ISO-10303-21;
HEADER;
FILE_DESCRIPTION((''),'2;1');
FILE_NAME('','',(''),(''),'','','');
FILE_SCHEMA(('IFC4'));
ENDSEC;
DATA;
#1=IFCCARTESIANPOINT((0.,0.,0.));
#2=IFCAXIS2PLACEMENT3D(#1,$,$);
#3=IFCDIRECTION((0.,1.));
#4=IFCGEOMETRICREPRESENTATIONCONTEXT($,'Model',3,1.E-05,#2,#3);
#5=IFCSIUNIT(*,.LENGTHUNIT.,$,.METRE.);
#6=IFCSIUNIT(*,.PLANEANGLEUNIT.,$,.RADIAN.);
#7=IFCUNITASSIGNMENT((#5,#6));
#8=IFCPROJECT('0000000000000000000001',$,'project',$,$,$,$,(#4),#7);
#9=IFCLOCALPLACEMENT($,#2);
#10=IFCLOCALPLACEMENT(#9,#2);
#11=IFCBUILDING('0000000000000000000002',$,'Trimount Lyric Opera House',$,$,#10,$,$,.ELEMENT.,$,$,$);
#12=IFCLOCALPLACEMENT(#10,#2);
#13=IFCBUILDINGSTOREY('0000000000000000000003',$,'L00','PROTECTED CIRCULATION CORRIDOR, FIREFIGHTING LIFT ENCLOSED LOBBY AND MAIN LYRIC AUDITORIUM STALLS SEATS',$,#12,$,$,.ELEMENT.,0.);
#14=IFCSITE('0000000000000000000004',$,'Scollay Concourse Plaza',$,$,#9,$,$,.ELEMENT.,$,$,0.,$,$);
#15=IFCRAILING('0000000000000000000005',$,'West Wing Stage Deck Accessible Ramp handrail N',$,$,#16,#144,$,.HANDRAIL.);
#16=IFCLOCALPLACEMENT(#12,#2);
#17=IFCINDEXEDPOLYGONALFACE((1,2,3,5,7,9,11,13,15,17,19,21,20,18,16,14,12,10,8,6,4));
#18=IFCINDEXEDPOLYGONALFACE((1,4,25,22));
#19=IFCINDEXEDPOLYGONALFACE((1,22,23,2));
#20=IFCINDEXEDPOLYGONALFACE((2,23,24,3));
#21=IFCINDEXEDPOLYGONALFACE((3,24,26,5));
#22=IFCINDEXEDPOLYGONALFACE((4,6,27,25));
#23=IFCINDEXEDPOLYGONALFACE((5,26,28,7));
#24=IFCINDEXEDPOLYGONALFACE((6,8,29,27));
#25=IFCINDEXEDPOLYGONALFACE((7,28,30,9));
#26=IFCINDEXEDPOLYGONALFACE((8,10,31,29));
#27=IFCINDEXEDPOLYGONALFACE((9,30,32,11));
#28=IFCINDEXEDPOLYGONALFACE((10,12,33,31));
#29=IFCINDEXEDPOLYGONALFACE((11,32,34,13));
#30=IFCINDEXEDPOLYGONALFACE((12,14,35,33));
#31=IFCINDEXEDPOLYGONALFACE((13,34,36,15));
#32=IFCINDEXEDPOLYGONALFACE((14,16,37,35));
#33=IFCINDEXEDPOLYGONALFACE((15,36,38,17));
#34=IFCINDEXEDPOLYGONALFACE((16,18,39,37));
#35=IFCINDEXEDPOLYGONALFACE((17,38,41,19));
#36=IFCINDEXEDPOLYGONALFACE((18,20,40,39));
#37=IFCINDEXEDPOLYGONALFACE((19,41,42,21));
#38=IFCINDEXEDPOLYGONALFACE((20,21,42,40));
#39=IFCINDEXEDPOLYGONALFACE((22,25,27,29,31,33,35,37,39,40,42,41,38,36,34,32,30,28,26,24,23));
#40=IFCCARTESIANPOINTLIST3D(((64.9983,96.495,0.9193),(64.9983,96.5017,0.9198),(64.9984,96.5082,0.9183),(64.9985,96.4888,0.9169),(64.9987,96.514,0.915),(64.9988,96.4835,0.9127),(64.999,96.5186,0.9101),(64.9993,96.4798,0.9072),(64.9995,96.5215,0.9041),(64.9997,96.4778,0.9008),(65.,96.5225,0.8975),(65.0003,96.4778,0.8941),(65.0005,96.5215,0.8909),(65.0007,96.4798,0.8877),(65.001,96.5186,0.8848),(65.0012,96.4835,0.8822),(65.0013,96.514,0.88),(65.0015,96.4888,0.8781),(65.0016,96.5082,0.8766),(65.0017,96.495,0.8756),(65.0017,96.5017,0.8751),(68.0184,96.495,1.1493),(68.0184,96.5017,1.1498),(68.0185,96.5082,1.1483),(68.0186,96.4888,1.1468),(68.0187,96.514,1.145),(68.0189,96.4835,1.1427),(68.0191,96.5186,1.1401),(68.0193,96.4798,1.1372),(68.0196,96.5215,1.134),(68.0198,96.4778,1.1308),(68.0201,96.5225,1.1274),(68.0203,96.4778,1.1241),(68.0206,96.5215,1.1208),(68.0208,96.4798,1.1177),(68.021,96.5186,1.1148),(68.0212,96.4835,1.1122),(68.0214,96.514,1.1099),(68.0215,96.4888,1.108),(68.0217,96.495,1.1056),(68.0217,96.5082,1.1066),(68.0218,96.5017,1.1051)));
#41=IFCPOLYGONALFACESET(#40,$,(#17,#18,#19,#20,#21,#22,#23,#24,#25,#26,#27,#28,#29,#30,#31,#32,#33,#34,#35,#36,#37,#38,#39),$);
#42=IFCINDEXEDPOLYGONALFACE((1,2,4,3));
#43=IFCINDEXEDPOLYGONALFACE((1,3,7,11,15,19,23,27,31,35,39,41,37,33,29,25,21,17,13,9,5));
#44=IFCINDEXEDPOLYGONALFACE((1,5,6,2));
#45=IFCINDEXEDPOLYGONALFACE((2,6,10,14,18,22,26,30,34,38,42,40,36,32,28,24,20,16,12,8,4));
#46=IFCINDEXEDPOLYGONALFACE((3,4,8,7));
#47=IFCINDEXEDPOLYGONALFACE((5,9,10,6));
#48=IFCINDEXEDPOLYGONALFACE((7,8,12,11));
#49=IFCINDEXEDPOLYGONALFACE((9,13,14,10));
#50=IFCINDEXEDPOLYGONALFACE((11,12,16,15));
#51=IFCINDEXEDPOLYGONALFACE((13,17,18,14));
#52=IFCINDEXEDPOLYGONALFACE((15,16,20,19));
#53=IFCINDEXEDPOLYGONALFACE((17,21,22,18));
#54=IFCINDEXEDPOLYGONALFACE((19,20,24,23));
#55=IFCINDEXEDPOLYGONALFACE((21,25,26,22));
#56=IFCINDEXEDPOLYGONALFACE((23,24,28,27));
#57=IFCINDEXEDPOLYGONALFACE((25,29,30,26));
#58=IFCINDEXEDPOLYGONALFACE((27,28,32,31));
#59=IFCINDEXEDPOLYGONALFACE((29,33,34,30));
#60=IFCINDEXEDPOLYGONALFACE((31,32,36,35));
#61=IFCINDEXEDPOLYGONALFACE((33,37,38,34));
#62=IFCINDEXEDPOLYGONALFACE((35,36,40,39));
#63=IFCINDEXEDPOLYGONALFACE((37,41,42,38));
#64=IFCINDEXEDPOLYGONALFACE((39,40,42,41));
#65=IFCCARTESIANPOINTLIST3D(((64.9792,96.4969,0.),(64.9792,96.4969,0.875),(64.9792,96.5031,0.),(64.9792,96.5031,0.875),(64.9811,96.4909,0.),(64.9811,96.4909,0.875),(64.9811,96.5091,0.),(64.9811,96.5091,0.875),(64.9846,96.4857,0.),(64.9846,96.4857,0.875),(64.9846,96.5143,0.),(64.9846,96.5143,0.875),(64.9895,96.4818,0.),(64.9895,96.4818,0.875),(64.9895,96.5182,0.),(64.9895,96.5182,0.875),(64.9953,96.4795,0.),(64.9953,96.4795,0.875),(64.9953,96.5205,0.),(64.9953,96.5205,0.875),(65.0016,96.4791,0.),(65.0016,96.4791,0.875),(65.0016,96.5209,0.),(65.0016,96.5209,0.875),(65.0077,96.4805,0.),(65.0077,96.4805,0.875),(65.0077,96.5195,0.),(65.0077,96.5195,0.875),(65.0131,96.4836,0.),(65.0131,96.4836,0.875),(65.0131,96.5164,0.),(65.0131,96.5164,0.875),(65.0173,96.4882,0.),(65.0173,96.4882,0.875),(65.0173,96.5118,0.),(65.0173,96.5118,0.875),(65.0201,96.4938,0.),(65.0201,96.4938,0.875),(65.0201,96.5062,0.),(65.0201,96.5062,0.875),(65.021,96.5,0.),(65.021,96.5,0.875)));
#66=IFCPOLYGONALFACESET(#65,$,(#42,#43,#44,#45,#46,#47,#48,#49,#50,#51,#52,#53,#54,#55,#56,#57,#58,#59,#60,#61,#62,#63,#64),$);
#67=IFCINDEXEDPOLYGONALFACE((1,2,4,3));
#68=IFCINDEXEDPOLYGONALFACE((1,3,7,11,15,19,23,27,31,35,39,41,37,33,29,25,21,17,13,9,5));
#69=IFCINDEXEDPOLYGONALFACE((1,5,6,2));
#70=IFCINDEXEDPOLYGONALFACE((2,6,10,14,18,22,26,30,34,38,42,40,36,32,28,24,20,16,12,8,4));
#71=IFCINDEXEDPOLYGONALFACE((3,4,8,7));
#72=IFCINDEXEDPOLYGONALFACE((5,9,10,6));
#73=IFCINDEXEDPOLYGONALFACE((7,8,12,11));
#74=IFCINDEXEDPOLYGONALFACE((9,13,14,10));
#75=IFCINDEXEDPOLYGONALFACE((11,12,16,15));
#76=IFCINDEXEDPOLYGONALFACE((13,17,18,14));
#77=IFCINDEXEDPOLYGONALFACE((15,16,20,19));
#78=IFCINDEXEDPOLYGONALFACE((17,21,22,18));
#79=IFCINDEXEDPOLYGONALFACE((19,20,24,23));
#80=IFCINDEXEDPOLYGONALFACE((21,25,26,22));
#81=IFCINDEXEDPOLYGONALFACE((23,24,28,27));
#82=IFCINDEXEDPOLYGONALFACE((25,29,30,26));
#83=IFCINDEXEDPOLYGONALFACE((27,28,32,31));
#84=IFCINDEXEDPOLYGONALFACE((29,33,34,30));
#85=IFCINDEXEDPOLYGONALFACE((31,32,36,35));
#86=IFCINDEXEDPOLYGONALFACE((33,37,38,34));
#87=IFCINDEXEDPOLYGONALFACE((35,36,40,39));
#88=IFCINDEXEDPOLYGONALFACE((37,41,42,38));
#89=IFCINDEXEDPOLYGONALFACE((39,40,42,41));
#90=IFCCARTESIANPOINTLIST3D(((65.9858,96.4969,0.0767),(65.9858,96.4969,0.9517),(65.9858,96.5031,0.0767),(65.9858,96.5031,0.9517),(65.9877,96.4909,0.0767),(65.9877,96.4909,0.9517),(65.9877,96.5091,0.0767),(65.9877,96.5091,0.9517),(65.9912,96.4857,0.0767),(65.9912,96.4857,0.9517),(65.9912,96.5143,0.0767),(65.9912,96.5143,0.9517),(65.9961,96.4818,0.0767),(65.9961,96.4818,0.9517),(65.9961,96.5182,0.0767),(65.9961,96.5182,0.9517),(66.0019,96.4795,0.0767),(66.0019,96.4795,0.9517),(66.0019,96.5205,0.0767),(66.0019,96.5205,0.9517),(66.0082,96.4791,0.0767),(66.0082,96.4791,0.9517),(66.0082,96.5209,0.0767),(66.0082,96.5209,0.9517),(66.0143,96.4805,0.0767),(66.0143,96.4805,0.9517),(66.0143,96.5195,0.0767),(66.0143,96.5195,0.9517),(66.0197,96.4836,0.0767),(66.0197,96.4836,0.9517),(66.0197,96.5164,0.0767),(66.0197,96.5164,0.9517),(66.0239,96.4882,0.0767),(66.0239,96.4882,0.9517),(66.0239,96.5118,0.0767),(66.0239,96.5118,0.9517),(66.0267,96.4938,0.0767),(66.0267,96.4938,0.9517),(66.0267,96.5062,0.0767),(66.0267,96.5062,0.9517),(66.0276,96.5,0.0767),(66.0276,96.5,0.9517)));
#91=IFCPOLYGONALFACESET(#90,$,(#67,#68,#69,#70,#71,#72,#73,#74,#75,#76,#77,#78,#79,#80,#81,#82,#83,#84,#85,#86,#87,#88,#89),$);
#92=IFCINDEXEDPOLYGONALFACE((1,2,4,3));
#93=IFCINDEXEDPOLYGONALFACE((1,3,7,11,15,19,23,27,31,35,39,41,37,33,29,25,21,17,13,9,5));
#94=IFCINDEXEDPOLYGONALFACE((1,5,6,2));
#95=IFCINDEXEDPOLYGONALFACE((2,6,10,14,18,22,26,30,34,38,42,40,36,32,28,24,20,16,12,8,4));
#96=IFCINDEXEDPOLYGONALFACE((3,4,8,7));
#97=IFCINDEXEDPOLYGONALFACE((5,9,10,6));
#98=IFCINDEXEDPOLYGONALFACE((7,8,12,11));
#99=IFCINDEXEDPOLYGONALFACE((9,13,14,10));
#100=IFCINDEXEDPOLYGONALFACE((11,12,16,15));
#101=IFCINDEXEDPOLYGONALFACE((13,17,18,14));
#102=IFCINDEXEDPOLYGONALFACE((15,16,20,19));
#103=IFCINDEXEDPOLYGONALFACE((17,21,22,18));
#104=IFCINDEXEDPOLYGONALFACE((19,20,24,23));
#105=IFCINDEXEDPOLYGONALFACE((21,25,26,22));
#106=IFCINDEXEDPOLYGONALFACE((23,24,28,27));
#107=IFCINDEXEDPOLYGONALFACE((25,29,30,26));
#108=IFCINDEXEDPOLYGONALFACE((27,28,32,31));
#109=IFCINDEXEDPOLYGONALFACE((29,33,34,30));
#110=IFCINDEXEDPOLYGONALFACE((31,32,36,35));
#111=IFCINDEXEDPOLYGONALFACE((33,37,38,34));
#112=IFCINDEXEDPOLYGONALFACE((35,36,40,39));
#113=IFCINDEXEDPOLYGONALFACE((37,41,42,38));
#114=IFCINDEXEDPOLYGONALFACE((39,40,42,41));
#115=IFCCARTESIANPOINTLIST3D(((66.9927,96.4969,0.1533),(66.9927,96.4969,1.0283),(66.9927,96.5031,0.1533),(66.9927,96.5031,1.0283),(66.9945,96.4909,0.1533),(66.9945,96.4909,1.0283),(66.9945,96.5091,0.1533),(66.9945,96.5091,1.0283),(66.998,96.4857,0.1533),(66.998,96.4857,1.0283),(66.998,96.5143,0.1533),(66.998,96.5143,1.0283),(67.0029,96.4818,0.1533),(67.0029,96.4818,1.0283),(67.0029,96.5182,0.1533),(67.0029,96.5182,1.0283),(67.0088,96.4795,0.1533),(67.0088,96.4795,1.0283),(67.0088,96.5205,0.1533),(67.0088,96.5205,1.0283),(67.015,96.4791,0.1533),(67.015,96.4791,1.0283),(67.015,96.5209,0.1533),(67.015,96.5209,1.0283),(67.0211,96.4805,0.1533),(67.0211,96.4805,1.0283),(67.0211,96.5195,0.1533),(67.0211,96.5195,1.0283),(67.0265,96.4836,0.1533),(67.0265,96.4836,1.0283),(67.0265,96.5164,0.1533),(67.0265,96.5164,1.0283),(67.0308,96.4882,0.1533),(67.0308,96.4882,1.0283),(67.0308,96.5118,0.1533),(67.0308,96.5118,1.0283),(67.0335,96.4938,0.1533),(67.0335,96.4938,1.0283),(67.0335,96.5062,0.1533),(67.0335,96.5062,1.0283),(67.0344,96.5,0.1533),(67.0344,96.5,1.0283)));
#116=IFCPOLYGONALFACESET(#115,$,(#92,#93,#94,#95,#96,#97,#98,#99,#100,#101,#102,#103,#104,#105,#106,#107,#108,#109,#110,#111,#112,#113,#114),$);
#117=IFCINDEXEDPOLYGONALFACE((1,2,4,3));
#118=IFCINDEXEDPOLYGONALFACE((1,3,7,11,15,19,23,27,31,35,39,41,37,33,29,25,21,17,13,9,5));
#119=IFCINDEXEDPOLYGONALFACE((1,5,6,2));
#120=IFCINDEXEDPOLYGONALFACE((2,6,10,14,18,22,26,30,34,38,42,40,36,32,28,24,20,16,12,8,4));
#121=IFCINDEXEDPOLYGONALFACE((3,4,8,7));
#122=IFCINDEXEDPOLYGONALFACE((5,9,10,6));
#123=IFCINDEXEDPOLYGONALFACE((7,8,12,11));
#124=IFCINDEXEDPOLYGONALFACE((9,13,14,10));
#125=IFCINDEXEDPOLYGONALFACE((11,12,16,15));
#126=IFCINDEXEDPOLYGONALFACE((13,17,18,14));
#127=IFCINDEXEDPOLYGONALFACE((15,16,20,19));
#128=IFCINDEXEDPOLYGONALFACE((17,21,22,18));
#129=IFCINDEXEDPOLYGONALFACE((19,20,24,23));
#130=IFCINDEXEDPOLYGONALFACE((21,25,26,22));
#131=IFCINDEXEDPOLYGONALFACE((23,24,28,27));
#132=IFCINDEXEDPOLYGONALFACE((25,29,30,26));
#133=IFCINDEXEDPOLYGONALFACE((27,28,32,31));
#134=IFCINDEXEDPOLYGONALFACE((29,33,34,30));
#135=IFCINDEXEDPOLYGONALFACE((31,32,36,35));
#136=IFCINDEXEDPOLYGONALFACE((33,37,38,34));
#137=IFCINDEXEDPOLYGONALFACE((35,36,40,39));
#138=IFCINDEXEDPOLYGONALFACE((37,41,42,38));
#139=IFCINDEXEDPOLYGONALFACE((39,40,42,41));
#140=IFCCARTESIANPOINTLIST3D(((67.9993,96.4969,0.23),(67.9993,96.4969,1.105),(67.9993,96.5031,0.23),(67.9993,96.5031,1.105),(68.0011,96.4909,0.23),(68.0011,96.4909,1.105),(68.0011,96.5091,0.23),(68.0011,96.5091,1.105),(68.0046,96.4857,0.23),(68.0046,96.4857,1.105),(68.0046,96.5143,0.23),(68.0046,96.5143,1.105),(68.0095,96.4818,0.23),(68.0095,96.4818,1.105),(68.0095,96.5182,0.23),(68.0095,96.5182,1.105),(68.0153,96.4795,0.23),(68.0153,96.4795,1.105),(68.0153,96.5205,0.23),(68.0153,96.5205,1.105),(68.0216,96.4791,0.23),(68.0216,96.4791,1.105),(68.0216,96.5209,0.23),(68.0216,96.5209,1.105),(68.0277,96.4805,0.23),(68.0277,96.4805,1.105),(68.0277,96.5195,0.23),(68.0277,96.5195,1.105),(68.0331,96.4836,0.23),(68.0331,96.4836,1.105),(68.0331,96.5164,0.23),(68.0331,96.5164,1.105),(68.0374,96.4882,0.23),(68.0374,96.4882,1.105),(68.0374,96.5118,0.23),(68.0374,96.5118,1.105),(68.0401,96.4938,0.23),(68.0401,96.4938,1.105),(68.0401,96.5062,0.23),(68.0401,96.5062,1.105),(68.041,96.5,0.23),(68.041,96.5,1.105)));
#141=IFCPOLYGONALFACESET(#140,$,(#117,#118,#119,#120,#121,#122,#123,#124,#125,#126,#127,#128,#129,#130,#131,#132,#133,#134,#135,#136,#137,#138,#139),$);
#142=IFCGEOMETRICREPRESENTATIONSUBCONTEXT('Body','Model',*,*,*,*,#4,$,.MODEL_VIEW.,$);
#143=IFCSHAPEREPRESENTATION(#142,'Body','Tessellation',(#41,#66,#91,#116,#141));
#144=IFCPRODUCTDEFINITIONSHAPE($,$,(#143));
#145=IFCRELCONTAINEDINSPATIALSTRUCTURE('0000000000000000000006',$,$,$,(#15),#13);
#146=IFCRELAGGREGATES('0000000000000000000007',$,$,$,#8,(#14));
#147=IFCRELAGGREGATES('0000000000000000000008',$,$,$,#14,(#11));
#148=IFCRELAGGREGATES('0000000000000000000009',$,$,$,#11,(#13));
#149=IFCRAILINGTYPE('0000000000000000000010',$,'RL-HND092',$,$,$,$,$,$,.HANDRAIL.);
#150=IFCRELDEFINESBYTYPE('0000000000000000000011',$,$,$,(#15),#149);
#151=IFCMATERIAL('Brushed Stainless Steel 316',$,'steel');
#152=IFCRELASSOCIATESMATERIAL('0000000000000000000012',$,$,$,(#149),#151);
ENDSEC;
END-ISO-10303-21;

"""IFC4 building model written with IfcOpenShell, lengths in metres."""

from ifc_helpers import new_model, si_unit, direction, frame, origin, origin_2d, place, context, subcontext, project, spatial, circle, extrude, material, type_object, element, save


model = new_model("IFC4")

# Units and contexts
model_context = context("Model", 3, precision=1e-05, world=origin(), true_north=direction((0.0, 1.0)))
body_context = subcontext(model_context, "Body", "Model", "MODEL_VIEW")
ifc_project = project(units=[si_unit("LENGTHUNIT", "METRE"), si_unit("PLANEANGLEUNIT", "RADIAN")], contexts=[model_context])

# Site, building, storey
site_placement = place(None, origin())
site = spatial("IfcSite", under=ifc_project, at=site_placement, Name="Scollay Concourse Plaza", CompositionType="ELEMENT", RefElevation=0.0)
building_placement = place(site_placement, origin())
building = spatial("IfcBuilding", under=site, at=building_placement, Name="Trimount Lyric Opera House", CompositionType="ELEMENT")
storey_placement = place(building_placement, origin())
storey = spatial("IfcBuildingStorey", under=building, at=storey_placement, Name="L00", Description="PROTECTED CIRCULATION CORRIDOR, FIREFIGHTING LIFT ENCLOSED LOBBY AND MAIN LYRIC AUDITORIUM STALLS SEATS", CompositionType="ELEMENT", Elevation=0.0)

# Railing
ifc_material_1 = material(Name="Brushed Stainless Steel 316", Category="steel")
railing_type = type_object("IfcRailingType", Name="RL-HND092", PredefinedType="HANDRAIL", material=ifc_material_1)
for number, where, name in (
    (1, (65.0, 96.5, 0.0), "West Wing Stage Deck Accessible Ramp handrail N"),
):
    element("IfcRailing", number, at=place(storey_placement, frame(where)), inside=storey, type_object=railing_type, Name=name, PredefinedType="HANDRAIL", context=body_context, shape_type="SweptSolid", body=[
        extrude(circle(Radius=0.0225, at=origin_2d()), frame((0.0, 0.0, 0.8975), z_axis=(0.997113, 0.0, 0.075932), x_axis=(0.0, 1.0, 0.0)), (0.0, 0.0, 1.0), 3.0288),
        extrude(circle(Radius=0.021, at=origin_2d()), origin(), (0.0, 0.0, 1.0), 0.875),
        extrude(circle(Radius=0.021, at=origin_2d()), frame((1.0066, 0.0, 0.0767)), (0.0, 0.0, 1.0), 0.875),
        extrude(circle(Radius=0.021, at=origin_2d()), frame((2.0134, 0.0, 0.1533)), (0.0, 0.0, 1.0), 0.875),
        extrude(circle(Radius=0.021, at=origin_2d()), frame((3.02, 0.0, 0.23)), (0.0, 0.0, 1.0), 0.875),
    ])

save(model, "model.ifc")
